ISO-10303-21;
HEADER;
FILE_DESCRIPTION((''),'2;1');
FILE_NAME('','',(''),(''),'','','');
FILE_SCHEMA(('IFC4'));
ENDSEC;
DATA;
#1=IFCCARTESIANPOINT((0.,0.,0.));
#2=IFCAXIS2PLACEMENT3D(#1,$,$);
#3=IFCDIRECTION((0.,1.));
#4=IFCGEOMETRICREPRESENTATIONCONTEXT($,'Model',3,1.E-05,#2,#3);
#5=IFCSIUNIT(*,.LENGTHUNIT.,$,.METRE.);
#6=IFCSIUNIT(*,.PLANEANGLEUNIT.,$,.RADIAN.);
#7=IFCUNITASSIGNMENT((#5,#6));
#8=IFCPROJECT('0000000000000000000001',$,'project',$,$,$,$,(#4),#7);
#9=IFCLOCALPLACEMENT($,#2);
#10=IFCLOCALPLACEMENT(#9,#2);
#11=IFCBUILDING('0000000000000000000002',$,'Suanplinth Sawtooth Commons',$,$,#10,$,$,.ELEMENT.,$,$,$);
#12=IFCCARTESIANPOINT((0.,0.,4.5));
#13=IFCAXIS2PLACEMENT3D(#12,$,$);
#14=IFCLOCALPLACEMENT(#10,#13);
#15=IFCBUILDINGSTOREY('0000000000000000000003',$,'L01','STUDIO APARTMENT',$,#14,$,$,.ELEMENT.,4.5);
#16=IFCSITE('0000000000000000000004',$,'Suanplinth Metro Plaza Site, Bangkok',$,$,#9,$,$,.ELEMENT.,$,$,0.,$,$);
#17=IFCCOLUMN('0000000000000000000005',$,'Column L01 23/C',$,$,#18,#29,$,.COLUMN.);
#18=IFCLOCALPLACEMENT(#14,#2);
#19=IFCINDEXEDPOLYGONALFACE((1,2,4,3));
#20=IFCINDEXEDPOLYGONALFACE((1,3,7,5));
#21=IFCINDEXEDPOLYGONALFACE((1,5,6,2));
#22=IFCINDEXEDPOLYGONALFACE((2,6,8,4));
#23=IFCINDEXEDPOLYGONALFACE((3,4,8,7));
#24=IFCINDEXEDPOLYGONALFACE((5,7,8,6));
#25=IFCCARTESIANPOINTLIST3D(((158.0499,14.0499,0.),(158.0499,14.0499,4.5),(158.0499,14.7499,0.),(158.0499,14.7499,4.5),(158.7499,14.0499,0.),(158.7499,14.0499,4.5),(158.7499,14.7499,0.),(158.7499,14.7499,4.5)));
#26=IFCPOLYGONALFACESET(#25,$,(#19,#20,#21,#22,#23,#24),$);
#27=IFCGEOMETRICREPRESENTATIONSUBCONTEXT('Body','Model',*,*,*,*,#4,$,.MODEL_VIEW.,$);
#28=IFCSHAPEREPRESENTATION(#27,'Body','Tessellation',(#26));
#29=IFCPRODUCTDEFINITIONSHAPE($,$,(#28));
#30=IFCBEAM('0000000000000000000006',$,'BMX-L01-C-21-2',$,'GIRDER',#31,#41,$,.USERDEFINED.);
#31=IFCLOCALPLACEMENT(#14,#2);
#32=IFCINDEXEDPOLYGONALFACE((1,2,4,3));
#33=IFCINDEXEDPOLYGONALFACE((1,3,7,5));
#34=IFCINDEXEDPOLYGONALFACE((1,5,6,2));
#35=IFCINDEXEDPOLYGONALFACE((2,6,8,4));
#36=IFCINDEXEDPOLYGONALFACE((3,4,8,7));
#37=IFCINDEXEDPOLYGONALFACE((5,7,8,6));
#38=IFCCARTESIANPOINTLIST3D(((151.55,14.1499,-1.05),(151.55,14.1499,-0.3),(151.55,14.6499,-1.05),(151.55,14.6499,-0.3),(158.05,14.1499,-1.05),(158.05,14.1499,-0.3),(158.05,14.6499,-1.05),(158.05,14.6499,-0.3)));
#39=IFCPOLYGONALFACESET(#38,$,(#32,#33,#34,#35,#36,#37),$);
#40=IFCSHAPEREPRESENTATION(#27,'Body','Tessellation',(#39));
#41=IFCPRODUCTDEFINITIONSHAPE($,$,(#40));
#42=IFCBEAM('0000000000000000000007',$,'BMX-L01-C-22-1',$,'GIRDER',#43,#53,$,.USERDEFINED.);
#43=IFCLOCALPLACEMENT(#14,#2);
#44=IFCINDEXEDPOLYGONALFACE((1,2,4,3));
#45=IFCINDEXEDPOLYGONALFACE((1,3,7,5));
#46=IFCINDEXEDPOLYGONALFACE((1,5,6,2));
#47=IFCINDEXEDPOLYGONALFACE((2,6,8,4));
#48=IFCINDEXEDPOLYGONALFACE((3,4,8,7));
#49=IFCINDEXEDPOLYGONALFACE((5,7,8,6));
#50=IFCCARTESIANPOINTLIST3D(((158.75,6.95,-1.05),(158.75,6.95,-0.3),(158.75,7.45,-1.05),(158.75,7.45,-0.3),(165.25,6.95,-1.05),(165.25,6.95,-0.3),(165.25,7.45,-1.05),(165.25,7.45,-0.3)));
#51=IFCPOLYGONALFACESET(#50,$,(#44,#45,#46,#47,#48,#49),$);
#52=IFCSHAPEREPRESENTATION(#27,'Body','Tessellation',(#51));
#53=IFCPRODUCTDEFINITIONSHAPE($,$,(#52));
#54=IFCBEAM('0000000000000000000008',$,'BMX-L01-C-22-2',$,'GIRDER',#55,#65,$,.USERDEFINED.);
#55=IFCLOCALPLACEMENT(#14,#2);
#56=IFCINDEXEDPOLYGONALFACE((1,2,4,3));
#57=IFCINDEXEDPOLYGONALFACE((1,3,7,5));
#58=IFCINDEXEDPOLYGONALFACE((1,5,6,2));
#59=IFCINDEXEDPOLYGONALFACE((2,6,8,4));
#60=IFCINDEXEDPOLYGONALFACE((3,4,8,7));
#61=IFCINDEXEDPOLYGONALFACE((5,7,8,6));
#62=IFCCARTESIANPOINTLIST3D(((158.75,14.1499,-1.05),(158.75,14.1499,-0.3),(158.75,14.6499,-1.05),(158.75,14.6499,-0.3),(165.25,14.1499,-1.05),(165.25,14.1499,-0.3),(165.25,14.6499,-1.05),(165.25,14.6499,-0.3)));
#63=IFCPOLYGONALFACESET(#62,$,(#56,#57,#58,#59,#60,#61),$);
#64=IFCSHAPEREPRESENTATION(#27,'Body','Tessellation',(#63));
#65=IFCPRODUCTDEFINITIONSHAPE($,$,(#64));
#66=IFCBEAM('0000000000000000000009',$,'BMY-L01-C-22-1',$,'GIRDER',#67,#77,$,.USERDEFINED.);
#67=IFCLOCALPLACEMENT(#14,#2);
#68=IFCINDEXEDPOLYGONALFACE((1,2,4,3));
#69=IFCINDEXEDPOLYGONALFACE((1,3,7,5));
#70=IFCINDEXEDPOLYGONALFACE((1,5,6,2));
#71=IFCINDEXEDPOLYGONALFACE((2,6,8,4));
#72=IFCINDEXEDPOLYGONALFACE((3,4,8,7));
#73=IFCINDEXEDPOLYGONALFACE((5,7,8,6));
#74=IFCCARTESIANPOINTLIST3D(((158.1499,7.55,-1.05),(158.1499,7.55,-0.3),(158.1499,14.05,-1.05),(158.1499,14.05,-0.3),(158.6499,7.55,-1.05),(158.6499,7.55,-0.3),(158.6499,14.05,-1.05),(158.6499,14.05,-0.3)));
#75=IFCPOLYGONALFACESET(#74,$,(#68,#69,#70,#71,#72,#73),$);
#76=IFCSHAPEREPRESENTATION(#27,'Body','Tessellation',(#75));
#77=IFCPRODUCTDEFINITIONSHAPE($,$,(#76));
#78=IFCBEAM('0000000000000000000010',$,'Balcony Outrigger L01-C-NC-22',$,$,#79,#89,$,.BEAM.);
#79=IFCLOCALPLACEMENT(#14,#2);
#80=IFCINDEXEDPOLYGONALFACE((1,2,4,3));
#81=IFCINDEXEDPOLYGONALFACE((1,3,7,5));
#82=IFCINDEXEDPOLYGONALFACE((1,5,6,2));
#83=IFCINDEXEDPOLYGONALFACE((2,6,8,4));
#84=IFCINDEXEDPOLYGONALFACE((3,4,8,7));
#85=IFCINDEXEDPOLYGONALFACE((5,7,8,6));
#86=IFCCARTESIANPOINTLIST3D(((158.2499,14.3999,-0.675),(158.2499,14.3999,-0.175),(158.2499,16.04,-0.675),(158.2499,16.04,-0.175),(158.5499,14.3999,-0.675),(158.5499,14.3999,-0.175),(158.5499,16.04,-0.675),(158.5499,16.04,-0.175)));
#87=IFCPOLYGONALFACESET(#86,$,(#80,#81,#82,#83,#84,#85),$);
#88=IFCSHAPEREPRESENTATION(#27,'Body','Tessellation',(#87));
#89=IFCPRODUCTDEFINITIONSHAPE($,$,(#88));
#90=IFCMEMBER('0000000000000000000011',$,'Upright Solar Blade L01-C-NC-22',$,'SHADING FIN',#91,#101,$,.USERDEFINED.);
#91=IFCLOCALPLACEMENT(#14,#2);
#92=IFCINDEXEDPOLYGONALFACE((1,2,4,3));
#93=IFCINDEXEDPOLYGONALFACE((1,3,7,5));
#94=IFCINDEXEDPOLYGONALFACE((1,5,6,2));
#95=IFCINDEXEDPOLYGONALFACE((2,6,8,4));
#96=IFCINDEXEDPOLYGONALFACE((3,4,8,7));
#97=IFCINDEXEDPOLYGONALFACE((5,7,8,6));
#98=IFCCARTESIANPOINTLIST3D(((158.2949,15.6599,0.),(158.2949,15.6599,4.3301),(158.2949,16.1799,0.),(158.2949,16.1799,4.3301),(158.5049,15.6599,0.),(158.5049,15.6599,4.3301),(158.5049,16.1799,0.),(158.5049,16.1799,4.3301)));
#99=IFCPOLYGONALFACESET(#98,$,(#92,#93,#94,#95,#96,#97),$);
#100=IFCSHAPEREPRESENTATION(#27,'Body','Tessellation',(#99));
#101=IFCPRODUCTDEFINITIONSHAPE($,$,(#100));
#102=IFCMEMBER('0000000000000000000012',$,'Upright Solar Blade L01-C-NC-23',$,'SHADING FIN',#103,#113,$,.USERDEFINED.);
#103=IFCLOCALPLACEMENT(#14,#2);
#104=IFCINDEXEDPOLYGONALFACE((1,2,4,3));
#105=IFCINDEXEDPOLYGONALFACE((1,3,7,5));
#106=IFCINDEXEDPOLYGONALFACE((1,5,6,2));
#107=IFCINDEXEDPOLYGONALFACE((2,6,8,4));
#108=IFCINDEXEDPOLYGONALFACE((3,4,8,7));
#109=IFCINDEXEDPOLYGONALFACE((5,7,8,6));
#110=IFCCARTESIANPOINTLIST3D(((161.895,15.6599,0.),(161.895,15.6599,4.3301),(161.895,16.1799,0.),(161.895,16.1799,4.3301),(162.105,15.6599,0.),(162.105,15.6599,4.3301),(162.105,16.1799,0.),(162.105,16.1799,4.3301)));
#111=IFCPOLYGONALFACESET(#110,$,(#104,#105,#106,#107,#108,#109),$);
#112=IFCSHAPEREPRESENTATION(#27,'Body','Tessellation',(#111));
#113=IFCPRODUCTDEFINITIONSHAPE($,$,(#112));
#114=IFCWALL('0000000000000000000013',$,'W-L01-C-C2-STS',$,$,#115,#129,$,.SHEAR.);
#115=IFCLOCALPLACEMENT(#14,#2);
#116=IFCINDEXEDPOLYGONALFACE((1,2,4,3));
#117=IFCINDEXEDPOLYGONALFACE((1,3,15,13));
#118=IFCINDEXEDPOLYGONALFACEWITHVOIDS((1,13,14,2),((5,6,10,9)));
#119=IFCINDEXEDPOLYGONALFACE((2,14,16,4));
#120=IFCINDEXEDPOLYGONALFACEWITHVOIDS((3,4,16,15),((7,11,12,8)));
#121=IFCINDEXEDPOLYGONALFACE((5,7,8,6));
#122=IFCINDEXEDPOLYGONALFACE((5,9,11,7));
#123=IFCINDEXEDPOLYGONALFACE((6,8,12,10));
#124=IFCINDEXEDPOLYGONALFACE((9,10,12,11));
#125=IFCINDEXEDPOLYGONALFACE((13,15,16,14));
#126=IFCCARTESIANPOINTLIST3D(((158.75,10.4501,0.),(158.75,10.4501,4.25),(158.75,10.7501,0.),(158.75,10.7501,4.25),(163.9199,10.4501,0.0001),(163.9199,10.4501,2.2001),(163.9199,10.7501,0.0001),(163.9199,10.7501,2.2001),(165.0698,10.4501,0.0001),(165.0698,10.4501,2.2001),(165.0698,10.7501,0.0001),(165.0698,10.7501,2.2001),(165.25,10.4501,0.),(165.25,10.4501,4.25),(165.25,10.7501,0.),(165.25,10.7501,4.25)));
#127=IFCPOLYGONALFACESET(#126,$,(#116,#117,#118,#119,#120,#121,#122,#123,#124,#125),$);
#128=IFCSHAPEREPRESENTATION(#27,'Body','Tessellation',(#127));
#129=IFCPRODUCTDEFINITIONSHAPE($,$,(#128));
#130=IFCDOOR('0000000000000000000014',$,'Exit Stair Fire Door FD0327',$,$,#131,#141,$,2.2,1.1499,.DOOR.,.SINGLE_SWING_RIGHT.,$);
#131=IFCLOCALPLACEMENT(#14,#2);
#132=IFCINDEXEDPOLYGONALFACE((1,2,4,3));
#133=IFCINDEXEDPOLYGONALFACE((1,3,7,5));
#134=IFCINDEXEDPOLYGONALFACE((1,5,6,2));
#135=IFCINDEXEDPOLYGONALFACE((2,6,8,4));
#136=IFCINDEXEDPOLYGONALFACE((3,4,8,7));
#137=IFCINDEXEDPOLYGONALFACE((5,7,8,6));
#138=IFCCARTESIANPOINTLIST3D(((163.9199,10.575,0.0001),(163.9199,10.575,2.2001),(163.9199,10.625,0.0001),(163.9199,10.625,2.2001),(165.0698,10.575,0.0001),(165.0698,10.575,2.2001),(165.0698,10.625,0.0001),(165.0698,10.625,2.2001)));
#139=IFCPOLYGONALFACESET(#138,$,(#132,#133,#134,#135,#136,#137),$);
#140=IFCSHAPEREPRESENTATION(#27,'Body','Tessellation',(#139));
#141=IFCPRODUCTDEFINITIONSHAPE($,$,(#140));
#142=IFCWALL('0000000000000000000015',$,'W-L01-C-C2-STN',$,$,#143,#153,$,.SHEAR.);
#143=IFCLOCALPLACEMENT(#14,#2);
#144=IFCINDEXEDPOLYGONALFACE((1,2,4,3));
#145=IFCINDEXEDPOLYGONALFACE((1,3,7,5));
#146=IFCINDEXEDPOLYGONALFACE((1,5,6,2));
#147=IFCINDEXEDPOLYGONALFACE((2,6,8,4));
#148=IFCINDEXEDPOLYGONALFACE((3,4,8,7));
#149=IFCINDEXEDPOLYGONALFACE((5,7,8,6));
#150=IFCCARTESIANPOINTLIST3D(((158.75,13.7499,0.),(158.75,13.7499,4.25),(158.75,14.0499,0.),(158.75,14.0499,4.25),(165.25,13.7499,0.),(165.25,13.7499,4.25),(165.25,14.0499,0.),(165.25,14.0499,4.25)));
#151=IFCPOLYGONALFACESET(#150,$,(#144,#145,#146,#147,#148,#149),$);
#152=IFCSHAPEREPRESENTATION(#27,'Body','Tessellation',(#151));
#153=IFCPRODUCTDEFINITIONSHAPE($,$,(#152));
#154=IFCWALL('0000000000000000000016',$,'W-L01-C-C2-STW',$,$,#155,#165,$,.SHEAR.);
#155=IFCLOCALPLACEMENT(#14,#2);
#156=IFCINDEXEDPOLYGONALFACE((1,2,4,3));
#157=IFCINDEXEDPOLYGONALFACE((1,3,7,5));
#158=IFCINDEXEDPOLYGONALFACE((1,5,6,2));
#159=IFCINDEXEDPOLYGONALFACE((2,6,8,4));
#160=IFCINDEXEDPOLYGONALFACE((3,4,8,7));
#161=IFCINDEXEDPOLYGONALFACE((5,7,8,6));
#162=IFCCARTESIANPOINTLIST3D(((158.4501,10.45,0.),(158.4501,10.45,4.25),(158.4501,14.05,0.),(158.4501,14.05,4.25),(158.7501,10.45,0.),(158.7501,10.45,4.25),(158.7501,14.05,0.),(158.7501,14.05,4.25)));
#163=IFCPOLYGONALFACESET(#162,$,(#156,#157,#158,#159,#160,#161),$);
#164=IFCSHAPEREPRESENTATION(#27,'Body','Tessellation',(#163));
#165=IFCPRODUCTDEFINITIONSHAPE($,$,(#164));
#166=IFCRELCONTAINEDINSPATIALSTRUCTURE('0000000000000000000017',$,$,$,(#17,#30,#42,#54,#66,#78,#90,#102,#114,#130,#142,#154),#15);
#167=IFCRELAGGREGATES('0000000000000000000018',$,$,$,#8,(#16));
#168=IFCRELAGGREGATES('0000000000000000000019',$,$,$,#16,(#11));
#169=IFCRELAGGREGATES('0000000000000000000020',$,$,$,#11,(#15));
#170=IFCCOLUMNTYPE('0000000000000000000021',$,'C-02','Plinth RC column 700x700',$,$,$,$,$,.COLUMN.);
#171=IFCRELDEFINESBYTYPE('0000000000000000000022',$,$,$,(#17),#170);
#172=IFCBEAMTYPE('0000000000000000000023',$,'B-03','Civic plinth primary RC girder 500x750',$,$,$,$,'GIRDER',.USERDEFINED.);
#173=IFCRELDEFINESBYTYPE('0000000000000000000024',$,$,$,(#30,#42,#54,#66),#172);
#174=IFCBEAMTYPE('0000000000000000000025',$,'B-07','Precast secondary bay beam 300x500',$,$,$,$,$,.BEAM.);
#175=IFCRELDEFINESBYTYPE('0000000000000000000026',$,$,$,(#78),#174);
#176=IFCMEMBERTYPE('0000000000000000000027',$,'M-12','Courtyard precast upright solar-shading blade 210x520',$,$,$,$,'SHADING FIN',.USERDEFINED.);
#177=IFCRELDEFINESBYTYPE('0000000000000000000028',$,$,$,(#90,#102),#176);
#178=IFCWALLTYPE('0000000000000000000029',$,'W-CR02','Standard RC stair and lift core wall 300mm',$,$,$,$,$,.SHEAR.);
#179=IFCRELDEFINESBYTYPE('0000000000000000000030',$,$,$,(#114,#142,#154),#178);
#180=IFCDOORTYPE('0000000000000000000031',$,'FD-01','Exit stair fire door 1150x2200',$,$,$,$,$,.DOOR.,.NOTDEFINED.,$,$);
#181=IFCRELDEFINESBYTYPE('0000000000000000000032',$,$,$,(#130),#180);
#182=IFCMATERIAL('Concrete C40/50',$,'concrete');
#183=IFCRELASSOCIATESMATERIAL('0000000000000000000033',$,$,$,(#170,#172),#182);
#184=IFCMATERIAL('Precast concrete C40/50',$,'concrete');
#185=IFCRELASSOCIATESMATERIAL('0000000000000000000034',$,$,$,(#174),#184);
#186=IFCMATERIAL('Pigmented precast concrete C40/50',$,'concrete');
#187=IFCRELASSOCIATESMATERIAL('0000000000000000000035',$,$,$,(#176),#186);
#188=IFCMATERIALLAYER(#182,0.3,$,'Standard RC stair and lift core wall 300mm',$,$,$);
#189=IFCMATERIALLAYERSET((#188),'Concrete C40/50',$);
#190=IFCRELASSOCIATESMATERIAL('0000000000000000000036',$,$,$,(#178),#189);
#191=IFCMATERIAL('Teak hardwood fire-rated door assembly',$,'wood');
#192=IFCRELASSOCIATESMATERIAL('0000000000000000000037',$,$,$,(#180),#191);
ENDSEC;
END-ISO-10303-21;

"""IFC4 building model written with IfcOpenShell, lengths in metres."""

from ifc_helpers import new_model, si_unit, direction, frame, frame_2d, origin, origin_2d, place, context, subcontext, project, spatial, rectangle, extrude, material, layer, layer_set, material_profile, profile_set, type_object, element, fill, save


model = new_model("IFC4")

# Units and contexts
model_context = context("Model", 3, precision=1e-05, world=origin(), true_north=direction((0.0, 1.0)))
body_context = subcontext(model_context, "Body", "Model", "MODEL_VIEW")
ifc_project = project(units=[si_unit("LENGTHUNIT", "METRE"), si_unit("PLANEANGLEUNIT", "RADIAN")], contexts=[model_context])

# Site, building, storey
site_placement = place(None, origin())
site = spatial("IfcSite", under=ifc_project, at=site_placement, Name="Suanplinth Metro Plaza Site, Bangkok", CompositionType="ELEMENT", RefElevation=0.0)
building_placement = place(site_placement, origin())
building = spatial("IfcBuilding", under=site, at=building_placement, Name="Suanplinth Sawtooth Commons", CompositionType="ELEMENT")
storey_placement = place(building_placement, frame((0.0, 0.0, 4.5)))
storey = spatial("IfcBuildingStorey", under=building, at=storey_placement, Name="L01", Description="STUDIO APARTMENT", CompositionType="ELEMENT", Elevation=4.5)

# Column
ifc_material_1 = material(Name="Concrete C40/50", Category="concrete")
ifc_material_profile_1 = material_profile(ifc_material_1, rectangle(XDim=0.7, YDim=0.7, at=origin_2d()), Name="RC-COL 700x700")
ifc_profile_set_1 = profile_set([ifc_material_profile_1], Name="Concrete C40/50")
column_type = type_object("IfcColumnType", Name="C-02", Description="Plinth RC column 700x700", PredefinedType="COLUMN", material=ifc_profile_set_1)
column_placement = place(storey_placement, frame((158.3999, 14.3999, 0.0), z_axis=(0.0, 0.0, 1.0), x_axis=(1.0, 0.0, 0.0)))
element("IfcColumn", 1, at=column_placement, inside=storey, type_object=column_type, Name="Column L01 23/C", PredefinedType="COLUMN", context=body_context, shape_type="SweptSolid", body=[
    extrude(rectangle(XDim=0.7, YDim=0.7, at=origin_2d()), origin(), (0.0, 0.0, 1.0), 4.5),
])

# Beams
ifc_material_profile_2 = material_profile(ifc_material_1, rectangle(XDim=0.5, YDim=0.75, at=origin_2d()), Name="RC-GDR 500x750")
ifc_profile_set_2 = profile_set([ifc_material_profile_2], Name="Concrete C40/50")
beam_type_1 = type_object("IfcBeamType", Name="B-03", Description="Civic plinth primary RC girder 500x750", ElementType="GIRDER", PredefinedType="USERDEFINED", material=ifc_profile_set_2)
for number, where, z_axis, x_axis, name in (
    (2, (151.55, 14.3999, -0.675), (1.0, 0.0, 0.0), (0.0, 1.0, 0.0), "BMX-L01-C-21-2"),
    (3, (158.75, 7.2, -0.675), (1.0, 0.0, 0.0), (0.0, 1.0, 0.0), "BMX-L01-C-22-1"),
    (4, (158.75, 14.3999, -0.675), (1.0, 0.0, 0.0), (0.0, 1.0, 0.0), "BMX-L01-C-22-2"),
    (5, (158.3999, 7.55, -0.675), (0.0, 1.0, 0.0), (-1.0, 0.0, 0.0), "BMY-L01-C-22-1"),
):
    element("IfcBeam", number, at=place(storey_placement, frame(where, z_axis=z_axis, x_axis=x_axis)), inside=storey, type_object=beam_type_1, Name=name, ObjectType="GIRDER", PredefinedType="USERDEFINED", context=body_context, shape_type="SweptSolid", body=[
        extrude(rectangle(XDim=0.5, YDim=0.75, at=origin_2d()), origin(), (0.0, 0.0, 1.0), 6.5),
    ])
ifc_material_2 = material(Name="Precast concrete C40/50", Category="concrete")
ifc_material_profile_3 = material_profile(ifc_material_2, rectangle(XDim=0.3, YDim=0.5, at=origin_2d()), Name="PC-BM 300x500")
ifc_profile_set_3 = profile_set([ifc_material_profile_3], Name="Precast concrete C40/50")
beam_type_2 = type_object("IfcBeamType", Name="B-07", Description="Precast secondary bay beam 300x500", PredefinedType="BEAM", material=ifc_profile_set_3)
beam_placement = place(storey_placement, frame((158.3999, 14.3999, -0.425), z_axis=(0.0, 1.0, 0.0), x_axis=(-1.0, 0.0, 0.0)))
element("IfcBeam", 6, at=beam_placement, inside=storey, type_object=beam_type_2, Name="Balcony Outrigger L01-C-NC-22", PredefinedType="BEAM", context=body_context, shape_type="SweptSolid", body=[
    extrude(rectangle(XDim=0.3, YDim=0.5, at=origin_2d()), origin(), (0.0, 0.0, 1.0), 1.6401),
])

# Members
ifc_material_3 = material(Name="Pigmented precast concrete C40/50", Category="concrete")
ifc_material_profile_4 = material_profile(ifc_material_3, rectangle(XDim=0.21, YDim=0.52, at=origin_2d()), Name="PC-FIN 210x520")
ifc_profile_set_4 = profile_set([ifc_material_profile_4], Name="Pigmented precast concrete C40/50")
member_type = type_object("IfcMemberType", Name="M-12", Description="Courtyard precast upright solar-shading blade 210x520", ElementType="SHADING FIN", PredefinedType="USERDEFINED", material=ifc_profile_set_4)
for number, where, z_axis, x_axis, name in (
    (7, (158.3999, 15.9199, 0.0), (0.0, 0.0, 1.0), (1.0, 0.0, 0.0), "Upright Solar Blade L01-C-NC-22"),
    (8, (162.0, 15.9199, 0.0), (0.0, 0.0, 1.0), (1.0, 0.0, 0.0), "Upright Solar Blade L01-C-NC-23"),
):
    element("IfcMember", number, at=place(storey_placement, frame(where, z_axis=z_axis, x_axis=x_axis)), inside=storey, type_object=member_type, Name=name, ObjectType="SHADING FIN", PredefinedType="USERDEFINED", context=body_context, shape_type="SweptSolid", body=[
        extrude(rectangle(XDim=0.21, YDim=0.52, at=origin_2d()), origin(), (0.0, 0.0, 1.0), 4.3301),
    ])

# Wall, opening, door
ifc_layer_1 = layer(ifc_material_1, 0.3, Name="Standard RC stair and lift core wall 300mm")
ifc_layer_set_1 = layer_set([ifc_layer_1], Name="Concrete C40/50")
wall_type_1 = type_object("IfcWallType", Name="W-CR02", Description="Standard RC stair and lift core wall 300mm", PredefinedType="SHEAR", material=ifc_layer_set_1)
wall_1_placement = place(storey_placement, frame((158.75, 10.6001, 0.0), z_axis=(0.0, 0.0, 1.0), x_axis=(1.0, 0.0, 0.0)))
wall_1 = element("IfcWall", 9, at=wall_1_placement, inside=storey, type_object=wall_type_1, Name="W-L01-C-C2-STS", PredefinedType="SHEAR", context=body_context, shape_type="SweptSolid", body=[
    extrude(rectangle(XDim=6.5, YDim=0.3, at=frame_2d((3.25, 0.0))), origin(), (0.0, 0.0, 1.0), 4.25),
])
opening_1_placement = place(wall_1_placement, frame((5.1699, 0.0, 0.0)))
opening_1 = element("IfcOpeningElement", 10, at=opening_1_placement, cuts=wall_1, PredefinedType="OPENING", context=body_context, shape_type="SweptSolid", body=[
    extrude(rectangle(XDim=1.1499, YDim=2.2, at=frame_2d((0.575, 1.1001))), frame((0.0, 0.165, 0.0), z_axis=(0.0, -1.0, 0.0), x_axis=(1.0, 0.0, 0.0)), (0.0, 0.0, 1.0), 0.3298),
])
ifc_material_4 = material(Name="Teak hardwood fire-rated door assembly", Category="wood")
door_type_1 = type_object("IfcDoorType", Name="FD-01", Description="Exit stair fire door 1150x2200", OperationType="NOTDEFINED", PredefinedType="DOOR", material=ifc_material_4)
door_1_placement = place(opening_1_placement, origin())
door_1 = element("IfcDoor", 11, at=door_1_placement, inside=storey, type_object=door_type_1, Name="Exit Stair Fire Door FD0327", OperationType="SINGLE_SWING_RIGHT", OverallHeight=2.2, OverallWidth=1.1499, PredefinedType="DOOR", context=body_context, shape_type="SweptSolid", body=[
    extrude(rectangle(XDim=1.1499, YDim=2.2, at=frame_2d((0.575, 1.1001))), frame((0.0, 0.0249, 0.0), z_axis=(0.0, -1.0, 0.0), x_axis=(1.0, 0.0, 0.0)), (0.0, 0.0, 1.0), 0.05),
])
fill(opening_1, door_1)

# Walls
wall_2_placement = place(storey_placement, frame((158.75, 13.8999, 0.0), z_axis=(0.0, 0.0, 1.0), x_axis=(1.0, 0.0, 0.0)))
element("IfcWall", 12, at=wall_2_placement, inside=storey, type_object=wall_type_1, Name="W-L01-C-C2-STN", PredefinedType="SHEAR", context=body_context, shape_type="SweptSolid", body=[
    extrude(rectangle(XDim=6.5, YDim=0.3, at=frame_2d((3.25, 0.0))), origin(), (0.0, 0.0, 1.0), 4.25),
])
wall_3_placement = place(storey_placement, frame((158.6001, 10.45, 0.0), z_axis=(0.0, 0.0, 1.0), x_axis=(0.0, 1.0, 0.0)))
element("IfcWall", 13, at=wall_3_placement, inside=storey, type_object=wall_type_1, Name="W-L01-C-C2-STW", PredefinedType="SHEAR", context=body_context, shape_type="SweptSolid", body=[
    extrude(rectangle(XDim=3.6001, YDim=0.3, at=frame_2d((1.8, 0.0))), origin(), (0.0, 0.0, 1.0), 4.25),
])

save(model, "model.ifc")
